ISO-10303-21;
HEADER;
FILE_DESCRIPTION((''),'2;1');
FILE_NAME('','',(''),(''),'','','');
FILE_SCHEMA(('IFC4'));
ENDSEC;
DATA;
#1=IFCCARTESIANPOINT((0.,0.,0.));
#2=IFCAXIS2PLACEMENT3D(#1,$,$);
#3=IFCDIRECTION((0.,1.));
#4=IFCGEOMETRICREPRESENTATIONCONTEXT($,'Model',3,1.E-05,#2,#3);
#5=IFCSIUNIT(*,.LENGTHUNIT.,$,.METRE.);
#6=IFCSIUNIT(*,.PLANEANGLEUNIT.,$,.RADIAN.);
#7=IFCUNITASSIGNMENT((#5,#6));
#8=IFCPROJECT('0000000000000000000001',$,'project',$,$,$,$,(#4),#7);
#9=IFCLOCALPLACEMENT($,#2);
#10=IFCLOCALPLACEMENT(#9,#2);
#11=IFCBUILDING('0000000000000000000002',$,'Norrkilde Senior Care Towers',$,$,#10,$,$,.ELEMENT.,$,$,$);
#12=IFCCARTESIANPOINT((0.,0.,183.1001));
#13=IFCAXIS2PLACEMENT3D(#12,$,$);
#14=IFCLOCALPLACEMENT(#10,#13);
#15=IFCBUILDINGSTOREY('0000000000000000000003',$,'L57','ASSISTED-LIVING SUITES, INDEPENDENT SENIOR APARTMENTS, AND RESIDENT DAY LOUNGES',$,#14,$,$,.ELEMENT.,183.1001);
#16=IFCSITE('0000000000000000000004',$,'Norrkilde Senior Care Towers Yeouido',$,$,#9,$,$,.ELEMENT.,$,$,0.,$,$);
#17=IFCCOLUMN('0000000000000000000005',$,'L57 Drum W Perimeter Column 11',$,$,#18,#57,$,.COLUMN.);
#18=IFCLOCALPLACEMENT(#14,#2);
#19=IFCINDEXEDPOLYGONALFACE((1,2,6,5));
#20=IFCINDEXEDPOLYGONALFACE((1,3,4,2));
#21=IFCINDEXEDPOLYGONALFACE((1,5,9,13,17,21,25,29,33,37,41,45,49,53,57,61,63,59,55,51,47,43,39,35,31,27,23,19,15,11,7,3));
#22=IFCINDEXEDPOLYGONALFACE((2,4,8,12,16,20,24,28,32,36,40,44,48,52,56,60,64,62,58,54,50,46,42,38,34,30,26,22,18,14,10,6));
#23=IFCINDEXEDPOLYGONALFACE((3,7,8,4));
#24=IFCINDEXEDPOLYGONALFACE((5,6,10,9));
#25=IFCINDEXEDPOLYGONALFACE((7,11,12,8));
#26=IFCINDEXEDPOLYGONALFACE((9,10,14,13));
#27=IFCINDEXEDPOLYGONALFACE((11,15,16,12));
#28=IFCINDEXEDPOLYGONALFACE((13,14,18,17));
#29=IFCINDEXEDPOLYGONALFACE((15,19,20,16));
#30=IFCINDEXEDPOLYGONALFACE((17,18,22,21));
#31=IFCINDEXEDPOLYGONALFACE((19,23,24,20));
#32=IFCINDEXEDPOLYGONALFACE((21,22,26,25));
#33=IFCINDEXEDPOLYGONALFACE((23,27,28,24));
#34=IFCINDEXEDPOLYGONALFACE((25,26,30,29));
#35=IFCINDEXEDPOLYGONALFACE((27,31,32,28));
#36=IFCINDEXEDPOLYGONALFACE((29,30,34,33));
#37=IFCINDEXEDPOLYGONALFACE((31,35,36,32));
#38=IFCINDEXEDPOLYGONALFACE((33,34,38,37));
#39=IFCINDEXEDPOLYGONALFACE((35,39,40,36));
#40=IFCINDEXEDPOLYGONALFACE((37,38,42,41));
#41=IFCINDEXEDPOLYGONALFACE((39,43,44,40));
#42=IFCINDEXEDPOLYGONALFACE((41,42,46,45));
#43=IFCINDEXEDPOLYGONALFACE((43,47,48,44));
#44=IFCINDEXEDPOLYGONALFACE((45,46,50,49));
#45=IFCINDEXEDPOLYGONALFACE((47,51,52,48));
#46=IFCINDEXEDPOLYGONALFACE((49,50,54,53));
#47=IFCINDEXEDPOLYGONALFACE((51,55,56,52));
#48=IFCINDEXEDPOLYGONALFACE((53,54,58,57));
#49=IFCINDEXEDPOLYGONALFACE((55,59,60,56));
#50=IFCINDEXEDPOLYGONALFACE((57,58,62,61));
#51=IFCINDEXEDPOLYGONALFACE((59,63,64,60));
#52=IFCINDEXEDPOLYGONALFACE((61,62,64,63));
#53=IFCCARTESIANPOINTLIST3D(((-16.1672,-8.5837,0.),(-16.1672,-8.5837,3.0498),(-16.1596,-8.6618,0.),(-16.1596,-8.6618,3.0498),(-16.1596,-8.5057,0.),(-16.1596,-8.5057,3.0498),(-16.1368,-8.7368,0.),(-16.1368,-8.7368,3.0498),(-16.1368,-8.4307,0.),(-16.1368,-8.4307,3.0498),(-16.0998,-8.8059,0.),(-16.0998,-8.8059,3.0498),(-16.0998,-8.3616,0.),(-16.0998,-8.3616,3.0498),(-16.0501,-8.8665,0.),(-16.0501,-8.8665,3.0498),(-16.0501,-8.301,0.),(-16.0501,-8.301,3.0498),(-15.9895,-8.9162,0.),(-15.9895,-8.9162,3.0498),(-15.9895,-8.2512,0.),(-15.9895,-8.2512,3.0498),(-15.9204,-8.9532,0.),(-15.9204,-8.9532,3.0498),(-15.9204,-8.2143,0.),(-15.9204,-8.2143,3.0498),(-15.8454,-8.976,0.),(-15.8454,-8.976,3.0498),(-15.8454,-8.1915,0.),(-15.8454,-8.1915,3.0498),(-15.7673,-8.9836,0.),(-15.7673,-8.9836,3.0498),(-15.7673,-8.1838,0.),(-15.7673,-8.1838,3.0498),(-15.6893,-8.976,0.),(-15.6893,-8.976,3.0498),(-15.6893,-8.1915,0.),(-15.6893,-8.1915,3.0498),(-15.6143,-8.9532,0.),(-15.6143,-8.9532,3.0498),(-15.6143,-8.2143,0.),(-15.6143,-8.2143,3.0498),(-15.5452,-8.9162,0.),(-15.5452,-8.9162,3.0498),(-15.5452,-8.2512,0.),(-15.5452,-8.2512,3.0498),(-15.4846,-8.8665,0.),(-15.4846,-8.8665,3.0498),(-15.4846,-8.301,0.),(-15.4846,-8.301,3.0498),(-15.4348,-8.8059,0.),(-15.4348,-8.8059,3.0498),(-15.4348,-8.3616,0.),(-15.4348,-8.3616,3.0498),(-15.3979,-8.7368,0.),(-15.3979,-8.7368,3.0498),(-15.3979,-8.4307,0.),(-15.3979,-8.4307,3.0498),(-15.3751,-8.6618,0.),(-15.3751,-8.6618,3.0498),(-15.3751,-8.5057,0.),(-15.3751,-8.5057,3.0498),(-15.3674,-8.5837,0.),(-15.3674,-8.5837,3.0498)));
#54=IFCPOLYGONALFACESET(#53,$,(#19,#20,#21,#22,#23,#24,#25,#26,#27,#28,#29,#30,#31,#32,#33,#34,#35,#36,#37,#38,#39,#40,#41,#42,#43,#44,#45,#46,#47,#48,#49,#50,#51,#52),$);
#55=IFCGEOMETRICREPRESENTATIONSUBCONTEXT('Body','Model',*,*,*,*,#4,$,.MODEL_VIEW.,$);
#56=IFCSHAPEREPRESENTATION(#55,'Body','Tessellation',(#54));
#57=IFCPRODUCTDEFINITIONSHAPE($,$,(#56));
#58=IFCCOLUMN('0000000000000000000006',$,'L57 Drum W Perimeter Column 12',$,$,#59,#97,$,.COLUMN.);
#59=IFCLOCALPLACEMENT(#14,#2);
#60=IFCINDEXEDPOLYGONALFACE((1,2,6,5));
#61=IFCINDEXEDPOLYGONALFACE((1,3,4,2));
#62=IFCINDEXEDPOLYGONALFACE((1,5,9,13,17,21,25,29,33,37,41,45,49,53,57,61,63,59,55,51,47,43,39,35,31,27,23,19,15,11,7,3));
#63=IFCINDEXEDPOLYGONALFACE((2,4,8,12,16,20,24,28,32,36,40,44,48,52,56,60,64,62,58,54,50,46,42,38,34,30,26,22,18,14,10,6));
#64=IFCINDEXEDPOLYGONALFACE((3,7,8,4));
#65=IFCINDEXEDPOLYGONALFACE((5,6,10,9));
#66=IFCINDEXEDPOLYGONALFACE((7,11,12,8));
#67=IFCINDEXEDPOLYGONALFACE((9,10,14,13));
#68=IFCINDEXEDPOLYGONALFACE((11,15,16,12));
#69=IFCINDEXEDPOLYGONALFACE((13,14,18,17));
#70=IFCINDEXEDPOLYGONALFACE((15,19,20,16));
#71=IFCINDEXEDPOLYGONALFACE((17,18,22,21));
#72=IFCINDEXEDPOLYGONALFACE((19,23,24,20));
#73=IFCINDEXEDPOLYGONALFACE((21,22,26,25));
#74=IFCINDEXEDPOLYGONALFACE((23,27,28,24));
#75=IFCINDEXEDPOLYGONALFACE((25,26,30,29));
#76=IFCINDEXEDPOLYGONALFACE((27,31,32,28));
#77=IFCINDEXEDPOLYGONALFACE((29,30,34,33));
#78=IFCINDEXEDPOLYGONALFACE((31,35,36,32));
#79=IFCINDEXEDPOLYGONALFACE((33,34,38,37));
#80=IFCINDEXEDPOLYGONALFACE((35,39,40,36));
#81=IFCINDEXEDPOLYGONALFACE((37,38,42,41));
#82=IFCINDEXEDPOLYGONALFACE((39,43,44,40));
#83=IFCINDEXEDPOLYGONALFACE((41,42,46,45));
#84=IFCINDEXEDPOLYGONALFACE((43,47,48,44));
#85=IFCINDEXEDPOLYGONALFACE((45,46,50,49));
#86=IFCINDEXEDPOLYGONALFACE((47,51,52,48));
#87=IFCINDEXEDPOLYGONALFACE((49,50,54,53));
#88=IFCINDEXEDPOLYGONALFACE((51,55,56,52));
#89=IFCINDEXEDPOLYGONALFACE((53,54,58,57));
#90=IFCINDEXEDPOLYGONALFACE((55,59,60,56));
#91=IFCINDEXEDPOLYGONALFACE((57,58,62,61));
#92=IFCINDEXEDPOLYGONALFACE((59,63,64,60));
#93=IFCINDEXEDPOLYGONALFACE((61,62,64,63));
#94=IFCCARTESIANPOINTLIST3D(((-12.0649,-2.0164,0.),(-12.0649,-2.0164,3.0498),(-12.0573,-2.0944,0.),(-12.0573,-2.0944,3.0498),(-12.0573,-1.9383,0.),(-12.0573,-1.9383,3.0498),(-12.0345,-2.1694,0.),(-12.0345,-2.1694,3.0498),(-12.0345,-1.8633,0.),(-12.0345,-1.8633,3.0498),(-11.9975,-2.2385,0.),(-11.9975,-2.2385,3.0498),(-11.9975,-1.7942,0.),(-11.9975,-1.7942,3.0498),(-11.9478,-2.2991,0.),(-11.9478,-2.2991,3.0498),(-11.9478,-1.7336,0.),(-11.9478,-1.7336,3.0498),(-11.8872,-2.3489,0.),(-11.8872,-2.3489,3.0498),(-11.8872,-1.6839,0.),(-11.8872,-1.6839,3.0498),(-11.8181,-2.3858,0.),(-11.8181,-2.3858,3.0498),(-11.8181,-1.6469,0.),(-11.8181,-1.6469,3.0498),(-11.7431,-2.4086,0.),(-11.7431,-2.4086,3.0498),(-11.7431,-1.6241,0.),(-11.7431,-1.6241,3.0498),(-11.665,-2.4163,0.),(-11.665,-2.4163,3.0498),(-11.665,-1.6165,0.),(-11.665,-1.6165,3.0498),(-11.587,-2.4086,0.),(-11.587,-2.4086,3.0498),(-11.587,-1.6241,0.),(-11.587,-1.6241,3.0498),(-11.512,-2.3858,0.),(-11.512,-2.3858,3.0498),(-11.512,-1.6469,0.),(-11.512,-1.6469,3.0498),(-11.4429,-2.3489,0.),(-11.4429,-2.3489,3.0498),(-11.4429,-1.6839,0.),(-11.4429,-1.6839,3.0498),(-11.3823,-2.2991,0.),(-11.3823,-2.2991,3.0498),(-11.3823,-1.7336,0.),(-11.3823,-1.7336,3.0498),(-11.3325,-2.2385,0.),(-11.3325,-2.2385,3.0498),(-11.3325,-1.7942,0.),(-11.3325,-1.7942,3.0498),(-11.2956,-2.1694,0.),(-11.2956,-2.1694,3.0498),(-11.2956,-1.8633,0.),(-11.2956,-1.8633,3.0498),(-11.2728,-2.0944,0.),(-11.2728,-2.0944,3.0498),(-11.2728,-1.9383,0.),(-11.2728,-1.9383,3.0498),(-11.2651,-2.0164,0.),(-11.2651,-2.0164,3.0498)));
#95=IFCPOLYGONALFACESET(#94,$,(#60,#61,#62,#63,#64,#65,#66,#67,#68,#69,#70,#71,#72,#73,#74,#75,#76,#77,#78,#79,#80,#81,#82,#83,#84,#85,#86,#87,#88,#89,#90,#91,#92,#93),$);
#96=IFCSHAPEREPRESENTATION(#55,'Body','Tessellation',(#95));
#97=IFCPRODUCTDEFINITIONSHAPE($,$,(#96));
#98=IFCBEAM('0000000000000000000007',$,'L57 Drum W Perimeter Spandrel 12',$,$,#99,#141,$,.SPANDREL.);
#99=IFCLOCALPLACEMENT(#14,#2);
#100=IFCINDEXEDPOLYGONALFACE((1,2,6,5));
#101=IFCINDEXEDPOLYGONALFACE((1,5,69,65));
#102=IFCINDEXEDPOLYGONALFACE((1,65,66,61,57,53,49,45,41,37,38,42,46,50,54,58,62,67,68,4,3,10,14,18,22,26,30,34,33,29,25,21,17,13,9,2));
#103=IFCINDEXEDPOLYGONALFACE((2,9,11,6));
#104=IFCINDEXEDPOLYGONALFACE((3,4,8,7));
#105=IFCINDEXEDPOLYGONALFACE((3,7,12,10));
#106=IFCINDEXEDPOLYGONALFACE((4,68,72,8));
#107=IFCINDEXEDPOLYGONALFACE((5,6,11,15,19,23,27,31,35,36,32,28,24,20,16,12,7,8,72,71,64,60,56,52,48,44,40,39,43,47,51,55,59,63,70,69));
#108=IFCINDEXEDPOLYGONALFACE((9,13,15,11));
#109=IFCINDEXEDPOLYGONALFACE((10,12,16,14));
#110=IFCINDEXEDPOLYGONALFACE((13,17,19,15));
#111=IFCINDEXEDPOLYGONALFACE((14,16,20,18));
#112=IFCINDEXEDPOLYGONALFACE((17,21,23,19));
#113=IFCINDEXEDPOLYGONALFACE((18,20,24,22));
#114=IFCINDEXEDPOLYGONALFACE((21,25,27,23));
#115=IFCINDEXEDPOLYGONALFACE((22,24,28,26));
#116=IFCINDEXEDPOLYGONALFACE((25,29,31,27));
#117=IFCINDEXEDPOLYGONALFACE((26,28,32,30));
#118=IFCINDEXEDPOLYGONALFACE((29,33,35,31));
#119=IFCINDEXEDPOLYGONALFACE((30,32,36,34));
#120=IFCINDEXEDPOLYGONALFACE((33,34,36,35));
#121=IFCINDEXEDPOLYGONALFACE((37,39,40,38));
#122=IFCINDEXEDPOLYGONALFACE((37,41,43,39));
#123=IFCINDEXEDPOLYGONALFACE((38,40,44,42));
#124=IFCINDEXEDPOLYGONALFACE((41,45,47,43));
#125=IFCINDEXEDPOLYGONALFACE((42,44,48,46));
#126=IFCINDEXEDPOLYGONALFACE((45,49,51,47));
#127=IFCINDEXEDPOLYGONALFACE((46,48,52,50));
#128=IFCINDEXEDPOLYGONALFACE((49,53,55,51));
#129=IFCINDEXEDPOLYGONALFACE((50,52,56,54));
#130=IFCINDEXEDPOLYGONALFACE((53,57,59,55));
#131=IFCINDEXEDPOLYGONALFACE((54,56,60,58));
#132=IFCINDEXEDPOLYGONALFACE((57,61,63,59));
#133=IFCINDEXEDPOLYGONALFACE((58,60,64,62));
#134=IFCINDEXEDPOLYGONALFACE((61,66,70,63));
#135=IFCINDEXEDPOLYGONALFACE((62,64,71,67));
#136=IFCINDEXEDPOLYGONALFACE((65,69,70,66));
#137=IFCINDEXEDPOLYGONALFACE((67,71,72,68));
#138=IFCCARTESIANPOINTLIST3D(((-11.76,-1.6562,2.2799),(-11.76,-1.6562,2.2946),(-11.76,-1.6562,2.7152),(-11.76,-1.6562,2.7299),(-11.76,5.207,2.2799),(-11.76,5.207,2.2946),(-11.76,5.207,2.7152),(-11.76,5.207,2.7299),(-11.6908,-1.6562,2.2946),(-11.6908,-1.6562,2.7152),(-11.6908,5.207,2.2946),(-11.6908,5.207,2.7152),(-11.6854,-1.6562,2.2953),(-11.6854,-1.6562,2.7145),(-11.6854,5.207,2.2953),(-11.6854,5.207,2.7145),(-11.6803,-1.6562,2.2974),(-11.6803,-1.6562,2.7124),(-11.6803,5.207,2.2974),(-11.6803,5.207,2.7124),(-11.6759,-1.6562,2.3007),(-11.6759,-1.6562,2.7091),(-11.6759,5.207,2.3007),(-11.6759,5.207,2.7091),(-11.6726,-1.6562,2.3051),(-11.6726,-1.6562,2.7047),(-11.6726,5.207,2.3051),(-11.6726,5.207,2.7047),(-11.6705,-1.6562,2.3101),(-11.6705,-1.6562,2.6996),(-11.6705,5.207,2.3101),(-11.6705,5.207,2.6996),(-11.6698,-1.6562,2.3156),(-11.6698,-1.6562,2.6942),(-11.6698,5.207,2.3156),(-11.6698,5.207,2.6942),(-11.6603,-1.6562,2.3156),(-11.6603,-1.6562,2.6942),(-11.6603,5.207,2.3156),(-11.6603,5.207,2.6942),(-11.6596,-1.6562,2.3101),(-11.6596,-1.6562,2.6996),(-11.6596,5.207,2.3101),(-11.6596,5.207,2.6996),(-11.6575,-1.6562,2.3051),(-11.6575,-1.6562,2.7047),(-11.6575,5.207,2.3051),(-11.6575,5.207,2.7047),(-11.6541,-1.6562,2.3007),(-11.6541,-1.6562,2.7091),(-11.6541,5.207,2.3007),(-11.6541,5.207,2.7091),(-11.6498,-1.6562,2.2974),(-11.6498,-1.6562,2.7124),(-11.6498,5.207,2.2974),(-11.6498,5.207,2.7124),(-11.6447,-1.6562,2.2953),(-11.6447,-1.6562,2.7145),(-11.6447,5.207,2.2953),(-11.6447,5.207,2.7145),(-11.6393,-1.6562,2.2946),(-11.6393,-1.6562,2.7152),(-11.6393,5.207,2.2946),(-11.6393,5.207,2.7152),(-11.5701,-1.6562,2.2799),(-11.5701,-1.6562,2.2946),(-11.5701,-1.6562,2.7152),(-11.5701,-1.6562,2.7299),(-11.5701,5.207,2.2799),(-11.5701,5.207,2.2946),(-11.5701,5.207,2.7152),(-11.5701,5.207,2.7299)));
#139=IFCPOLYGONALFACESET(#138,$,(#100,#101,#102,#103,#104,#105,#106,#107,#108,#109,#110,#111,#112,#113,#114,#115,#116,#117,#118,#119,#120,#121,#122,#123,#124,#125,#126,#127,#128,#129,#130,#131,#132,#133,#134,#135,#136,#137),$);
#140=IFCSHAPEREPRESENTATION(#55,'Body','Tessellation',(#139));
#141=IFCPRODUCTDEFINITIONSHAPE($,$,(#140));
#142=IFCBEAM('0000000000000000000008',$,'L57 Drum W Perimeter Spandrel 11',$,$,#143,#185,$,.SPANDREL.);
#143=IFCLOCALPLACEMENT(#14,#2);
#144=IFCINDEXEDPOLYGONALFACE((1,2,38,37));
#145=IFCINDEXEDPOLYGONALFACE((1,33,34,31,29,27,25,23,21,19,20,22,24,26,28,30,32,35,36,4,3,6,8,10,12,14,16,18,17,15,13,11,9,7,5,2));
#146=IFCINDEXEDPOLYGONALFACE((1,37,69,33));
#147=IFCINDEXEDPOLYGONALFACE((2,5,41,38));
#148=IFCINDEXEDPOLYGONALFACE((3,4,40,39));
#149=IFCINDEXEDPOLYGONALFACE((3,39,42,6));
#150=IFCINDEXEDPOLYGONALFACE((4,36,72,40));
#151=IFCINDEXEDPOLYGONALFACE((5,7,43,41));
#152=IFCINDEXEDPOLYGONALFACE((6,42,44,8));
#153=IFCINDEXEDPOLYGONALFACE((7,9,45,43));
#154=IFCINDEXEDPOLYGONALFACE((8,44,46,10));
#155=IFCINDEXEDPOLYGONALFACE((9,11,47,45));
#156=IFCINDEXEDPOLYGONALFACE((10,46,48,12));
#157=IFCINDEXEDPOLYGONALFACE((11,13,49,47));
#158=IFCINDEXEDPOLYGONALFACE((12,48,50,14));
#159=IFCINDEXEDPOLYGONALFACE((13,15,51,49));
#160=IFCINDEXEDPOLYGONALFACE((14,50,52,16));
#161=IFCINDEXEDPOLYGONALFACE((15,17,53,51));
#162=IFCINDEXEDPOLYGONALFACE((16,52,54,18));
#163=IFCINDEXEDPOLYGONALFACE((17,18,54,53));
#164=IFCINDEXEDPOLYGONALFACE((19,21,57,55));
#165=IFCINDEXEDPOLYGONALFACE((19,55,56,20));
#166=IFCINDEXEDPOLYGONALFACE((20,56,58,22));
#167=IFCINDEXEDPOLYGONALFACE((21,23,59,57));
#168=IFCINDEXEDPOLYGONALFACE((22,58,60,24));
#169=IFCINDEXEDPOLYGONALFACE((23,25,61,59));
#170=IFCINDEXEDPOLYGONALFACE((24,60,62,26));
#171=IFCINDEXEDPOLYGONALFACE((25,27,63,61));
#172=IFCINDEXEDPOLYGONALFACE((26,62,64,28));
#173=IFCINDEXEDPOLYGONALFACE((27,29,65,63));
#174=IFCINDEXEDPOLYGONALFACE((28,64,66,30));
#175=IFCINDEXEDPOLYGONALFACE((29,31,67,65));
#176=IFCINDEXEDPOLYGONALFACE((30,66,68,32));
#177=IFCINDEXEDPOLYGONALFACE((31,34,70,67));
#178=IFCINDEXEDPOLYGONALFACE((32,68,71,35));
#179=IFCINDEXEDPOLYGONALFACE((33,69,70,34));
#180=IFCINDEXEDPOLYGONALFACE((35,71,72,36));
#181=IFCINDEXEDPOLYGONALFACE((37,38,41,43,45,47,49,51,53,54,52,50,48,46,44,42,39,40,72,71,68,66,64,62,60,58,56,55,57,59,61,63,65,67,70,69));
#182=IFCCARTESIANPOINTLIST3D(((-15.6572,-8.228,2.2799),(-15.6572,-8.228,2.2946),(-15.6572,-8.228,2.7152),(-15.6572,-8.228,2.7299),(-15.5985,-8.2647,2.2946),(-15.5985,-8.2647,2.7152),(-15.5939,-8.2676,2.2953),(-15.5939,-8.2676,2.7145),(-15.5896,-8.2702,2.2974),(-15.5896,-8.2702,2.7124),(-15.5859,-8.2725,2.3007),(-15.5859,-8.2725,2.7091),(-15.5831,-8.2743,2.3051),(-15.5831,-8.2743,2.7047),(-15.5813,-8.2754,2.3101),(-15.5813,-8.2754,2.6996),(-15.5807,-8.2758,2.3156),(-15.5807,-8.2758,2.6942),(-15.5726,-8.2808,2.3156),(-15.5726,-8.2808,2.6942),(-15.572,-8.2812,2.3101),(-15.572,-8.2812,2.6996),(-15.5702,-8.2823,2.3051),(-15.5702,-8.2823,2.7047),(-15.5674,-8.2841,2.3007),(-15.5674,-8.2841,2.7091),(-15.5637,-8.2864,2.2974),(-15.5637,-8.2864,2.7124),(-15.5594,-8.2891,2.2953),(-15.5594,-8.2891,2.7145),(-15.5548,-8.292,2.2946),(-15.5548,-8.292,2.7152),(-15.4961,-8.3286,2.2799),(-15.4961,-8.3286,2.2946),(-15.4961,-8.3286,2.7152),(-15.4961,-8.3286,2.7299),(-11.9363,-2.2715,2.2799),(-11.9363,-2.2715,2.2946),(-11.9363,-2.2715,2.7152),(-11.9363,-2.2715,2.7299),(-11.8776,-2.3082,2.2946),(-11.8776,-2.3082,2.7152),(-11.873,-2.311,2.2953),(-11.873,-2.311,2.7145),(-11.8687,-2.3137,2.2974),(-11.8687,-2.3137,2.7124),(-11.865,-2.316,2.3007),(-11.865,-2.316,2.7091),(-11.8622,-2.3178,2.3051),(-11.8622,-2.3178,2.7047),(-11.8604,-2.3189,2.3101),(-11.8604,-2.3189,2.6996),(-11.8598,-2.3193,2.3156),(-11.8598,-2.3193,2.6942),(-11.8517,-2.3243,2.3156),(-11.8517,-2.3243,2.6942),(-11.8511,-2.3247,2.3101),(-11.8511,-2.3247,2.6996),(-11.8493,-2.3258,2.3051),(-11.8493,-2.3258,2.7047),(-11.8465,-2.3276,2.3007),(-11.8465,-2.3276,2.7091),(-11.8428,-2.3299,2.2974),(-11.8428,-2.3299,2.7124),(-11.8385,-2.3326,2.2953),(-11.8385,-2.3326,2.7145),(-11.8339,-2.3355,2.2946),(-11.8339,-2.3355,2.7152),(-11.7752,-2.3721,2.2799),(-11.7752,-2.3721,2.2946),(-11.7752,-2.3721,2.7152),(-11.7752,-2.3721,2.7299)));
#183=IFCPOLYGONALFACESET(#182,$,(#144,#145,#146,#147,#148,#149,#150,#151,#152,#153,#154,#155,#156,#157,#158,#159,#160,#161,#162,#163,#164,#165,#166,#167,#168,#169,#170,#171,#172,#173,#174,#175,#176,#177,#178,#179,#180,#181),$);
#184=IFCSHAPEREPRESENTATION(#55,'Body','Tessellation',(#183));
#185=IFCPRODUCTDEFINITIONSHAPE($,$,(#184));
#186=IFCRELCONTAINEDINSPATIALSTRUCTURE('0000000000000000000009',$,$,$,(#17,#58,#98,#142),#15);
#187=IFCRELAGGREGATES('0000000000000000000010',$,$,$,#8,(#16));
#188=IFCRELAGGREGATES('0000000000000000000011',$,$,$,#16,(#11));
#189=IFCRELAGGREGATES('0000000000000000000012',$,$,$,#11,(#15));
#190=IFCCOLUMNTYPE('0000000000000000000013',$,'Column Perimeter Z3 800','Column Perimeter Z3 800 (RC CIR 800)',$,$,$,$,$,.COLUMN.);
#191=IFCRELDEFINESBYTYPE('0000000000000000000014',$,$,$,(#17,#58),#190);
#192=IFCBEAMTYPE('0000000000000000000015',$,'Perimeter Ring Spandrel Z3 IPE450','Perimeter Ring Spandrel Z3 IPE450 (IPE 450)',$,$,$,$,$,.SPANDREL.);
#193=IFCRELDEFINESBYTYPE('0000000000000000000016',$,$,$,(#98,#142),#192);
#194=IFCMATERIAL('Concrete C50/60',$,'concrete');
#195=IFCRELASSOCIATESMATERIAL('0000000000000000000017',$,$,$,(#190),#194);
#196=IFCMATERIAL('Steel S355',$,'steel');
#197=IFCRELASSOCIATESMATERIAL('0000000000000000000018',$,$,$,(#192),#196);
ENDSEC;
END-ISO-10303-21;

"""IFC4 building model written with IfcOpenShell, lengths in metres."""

from ifc_helpers import new_model, si_unit, direction, frame, origin, origin_2d, place, context, subcontext, project, spatial, circle, i_section, extrude, source, transform, mapped, material, material_profile, profile_set, type_object, type_shapes, element, save


model = new_model("IFC4")

# Units and contexts
model_context = context("Model", 3, precision=1e-05, world=origin(), true_north=direction((0.0, 1.0)))
body_context = subcontext(model_context, "Body", "Model", "MODEL_VIEW")
ifc_project = project(units=[si_unit("LENGTHUNIT", "METRE"), si_unit("PLANEANGLEUNIT", "RADIAN")], contexts=[model_context])

# Site, building, storey
site_placement = place(None, origin())
site = spatial("IfcSite", under=ifc_project, at=site_placement, Name="Norrkilde Senior Care Towers Yeouido", CompositionType="ELEMENT", RefElevation=0.0)
building_placement = place(site_placement, origin())
building = spatial("IfcBuilding", under=site, at=building_placement, Name="Norrkilde Senior Care Towers", CompositionType="ELEMENT")
storey_placement = place(building_placement, frame((0.0, 0.0, 183.1001)))
storey = spatial("IfcBuildingStorey", under=building, at=storey_placement, Name="L57", Description="ASSISTED-LIVING SUITES, INDEPENDENT SENIOR APARTMENTS, AND RESIDENT DAY LOUNGES", CompositionType="ELEMENT", Elevation=183.1001)

# Columns
ifc_material_1 = material(Name="Concrete C50/60", Category="concrete")
ifc_material_profile_1 = material_profile(ifc_material_1, circle(Radius=0.3999, at=origin_2d()), Name="RC CIR 800")
ifc_profile_set_1 = profile_set([ifc_material_profile_1], Name="Concrete C50/60")
column_type = type_object("IfcColumnType", Name="Column Perimeter Z3 800", Description="Column Perimeter Z3 800 (RC CIR 800)", PredefinedType="COLUMN", material=ifc_profile_set_1)
shared_shape_1 = source(origin(), body_context, "Body", "SweptSolid", [
    extrude(circle(Radius=0.3999, at=origin_2d()), origin(), (0.0, 0.0, 1.0), 3.0498),
])
type_shapes(column_type, [shared_shape_1])
for number, where, z_axis, x_axis, name in (
    (1, (-15.7673, -8.5837, 0.0), (0.0, 0.0, 1.0), (1.0, 0.0, 0.0), "L57 Drum W Perimeter Column 11"),
    (2, (-11.665, -2.0164, 0.0), (0.0, 0.0, 1.0), (1.0, 0.0, 0.0), "L57 Drum W Perimeter Column 12"),
):
    element("IfcColumn", number, at=place(storey_placement, frame(where, z_axis=z_axis, x_axis=x_axis)), inside=storey, type_object=column_type, Name=name, PredefinedType="COLUMN", context=body_context, shape_type="MappedRepresentation", body=[
        mapped(shared_shape_1, transform((0.0, 0.0, 0.0), x_axis=(1.0, 0.0, 0.0), y_axis=(0.0, 1.0, 0.0), z_axis=(0.0, 0.0, 1.0), scale=1.0)),
    ])

# Beams
ifc_material_2 = material(Name="Steel S355", Category="steel")
ifc_material_profile_2 = material_profile(ifc_material_2, i_section(OverallWidth=0.1899, OverallDepth=0.45, WebThickness=0.0095, FlangeThickness=0.0146, FilletRadius=0.021, at=origin_2d()), Name="IPE 450")
ifc_profile_set_2 = profile_set([ifc_material_profile_2], Name="Steel S355")
beam_type_1 = type_object("IfcBeamType", Name="Perimeter Ring Spandrel Z3 IPE450", Description="Perimeter Ring Spandrel Z3 IPE450 (IPE 450)", PredefinedType="SPANDREL", material=ifc_profile_set_2)
shared_shape_2 = source(origin(), body_context, "Body", "SweptSolid", [
    extrude(i_section(OverallWidth=0.1899, OverallDepth=0.45, WebThickness=0.0095, FlangeThickness=0.0146, FilletRadius=0.021, at=origin_2d()), origin(), (0.0, 0.0, 1.0), 6.8633),
])
beam_1_placement = place(storey_placement, frame((-11.665, -1.6562, 2.5049), z_axis=(0.0, 1.0, 0.0), x_axis=(-1.0, 0.0, 0.0)))
element("IfcBeam", 3, at=beam_1_placement, inside=storey, type_object=beam_type_1, Name="L57 Drum W Perimeter Spandrel 12", PredefinedType="SPANDREL", context=body_context, shape_type="MappedRepresentation", body=[
    mapped(shared_shape_2, transform((0.0, 0.0, 0.0), x_axis=(1.0, 0.0, 0.0), y_axis=(0.0, 1.0, 0.0), z_axis=(0.0, 0.0, 1.0), scale=1.0)),
])
shared_shape_3 = source(origin(), body_context, "Body", "SweptSolid", [
    extrude(i_section(OverallWidth=0.1899, OverallDepth=0.45, WebThickness=0.0095, FlangeThickness=0.0146, FilletRadius=0.021, at=origin_2d()), origin(), (0.0, 0.0, 1.0), 7.0232),
])
type_shapes(beam_type_1, [shared_shape_2, shared_shape_3])
beam_2_placement = place(storey_placement, frame((-15.5767, -8.2783, 2.5049), z_axis=(0.529805, 0.848119, 0.0), x_axis=(-0.848119, 0.529805, 0.0)))
element("IfcBeam", 4, at=beam_2_placement, inside=storey, type_object=beam_type_1, Name="L57 Drum W Perimeter Spandrel 11", PredefinedType="SPANDREL", context=body_context, shape_type="MappedRepresentation", body=[
    mapped(shared_shape_3, transform((0.0, 0.0, 0.0), x_axis=(1.0, 0.0, 0.0), y_axis=(0.0, 1.0, 0.0), z_axis=(0.0, 0.0, 1.0), scale=1.0)),
])

save(model, "model.ifc")
